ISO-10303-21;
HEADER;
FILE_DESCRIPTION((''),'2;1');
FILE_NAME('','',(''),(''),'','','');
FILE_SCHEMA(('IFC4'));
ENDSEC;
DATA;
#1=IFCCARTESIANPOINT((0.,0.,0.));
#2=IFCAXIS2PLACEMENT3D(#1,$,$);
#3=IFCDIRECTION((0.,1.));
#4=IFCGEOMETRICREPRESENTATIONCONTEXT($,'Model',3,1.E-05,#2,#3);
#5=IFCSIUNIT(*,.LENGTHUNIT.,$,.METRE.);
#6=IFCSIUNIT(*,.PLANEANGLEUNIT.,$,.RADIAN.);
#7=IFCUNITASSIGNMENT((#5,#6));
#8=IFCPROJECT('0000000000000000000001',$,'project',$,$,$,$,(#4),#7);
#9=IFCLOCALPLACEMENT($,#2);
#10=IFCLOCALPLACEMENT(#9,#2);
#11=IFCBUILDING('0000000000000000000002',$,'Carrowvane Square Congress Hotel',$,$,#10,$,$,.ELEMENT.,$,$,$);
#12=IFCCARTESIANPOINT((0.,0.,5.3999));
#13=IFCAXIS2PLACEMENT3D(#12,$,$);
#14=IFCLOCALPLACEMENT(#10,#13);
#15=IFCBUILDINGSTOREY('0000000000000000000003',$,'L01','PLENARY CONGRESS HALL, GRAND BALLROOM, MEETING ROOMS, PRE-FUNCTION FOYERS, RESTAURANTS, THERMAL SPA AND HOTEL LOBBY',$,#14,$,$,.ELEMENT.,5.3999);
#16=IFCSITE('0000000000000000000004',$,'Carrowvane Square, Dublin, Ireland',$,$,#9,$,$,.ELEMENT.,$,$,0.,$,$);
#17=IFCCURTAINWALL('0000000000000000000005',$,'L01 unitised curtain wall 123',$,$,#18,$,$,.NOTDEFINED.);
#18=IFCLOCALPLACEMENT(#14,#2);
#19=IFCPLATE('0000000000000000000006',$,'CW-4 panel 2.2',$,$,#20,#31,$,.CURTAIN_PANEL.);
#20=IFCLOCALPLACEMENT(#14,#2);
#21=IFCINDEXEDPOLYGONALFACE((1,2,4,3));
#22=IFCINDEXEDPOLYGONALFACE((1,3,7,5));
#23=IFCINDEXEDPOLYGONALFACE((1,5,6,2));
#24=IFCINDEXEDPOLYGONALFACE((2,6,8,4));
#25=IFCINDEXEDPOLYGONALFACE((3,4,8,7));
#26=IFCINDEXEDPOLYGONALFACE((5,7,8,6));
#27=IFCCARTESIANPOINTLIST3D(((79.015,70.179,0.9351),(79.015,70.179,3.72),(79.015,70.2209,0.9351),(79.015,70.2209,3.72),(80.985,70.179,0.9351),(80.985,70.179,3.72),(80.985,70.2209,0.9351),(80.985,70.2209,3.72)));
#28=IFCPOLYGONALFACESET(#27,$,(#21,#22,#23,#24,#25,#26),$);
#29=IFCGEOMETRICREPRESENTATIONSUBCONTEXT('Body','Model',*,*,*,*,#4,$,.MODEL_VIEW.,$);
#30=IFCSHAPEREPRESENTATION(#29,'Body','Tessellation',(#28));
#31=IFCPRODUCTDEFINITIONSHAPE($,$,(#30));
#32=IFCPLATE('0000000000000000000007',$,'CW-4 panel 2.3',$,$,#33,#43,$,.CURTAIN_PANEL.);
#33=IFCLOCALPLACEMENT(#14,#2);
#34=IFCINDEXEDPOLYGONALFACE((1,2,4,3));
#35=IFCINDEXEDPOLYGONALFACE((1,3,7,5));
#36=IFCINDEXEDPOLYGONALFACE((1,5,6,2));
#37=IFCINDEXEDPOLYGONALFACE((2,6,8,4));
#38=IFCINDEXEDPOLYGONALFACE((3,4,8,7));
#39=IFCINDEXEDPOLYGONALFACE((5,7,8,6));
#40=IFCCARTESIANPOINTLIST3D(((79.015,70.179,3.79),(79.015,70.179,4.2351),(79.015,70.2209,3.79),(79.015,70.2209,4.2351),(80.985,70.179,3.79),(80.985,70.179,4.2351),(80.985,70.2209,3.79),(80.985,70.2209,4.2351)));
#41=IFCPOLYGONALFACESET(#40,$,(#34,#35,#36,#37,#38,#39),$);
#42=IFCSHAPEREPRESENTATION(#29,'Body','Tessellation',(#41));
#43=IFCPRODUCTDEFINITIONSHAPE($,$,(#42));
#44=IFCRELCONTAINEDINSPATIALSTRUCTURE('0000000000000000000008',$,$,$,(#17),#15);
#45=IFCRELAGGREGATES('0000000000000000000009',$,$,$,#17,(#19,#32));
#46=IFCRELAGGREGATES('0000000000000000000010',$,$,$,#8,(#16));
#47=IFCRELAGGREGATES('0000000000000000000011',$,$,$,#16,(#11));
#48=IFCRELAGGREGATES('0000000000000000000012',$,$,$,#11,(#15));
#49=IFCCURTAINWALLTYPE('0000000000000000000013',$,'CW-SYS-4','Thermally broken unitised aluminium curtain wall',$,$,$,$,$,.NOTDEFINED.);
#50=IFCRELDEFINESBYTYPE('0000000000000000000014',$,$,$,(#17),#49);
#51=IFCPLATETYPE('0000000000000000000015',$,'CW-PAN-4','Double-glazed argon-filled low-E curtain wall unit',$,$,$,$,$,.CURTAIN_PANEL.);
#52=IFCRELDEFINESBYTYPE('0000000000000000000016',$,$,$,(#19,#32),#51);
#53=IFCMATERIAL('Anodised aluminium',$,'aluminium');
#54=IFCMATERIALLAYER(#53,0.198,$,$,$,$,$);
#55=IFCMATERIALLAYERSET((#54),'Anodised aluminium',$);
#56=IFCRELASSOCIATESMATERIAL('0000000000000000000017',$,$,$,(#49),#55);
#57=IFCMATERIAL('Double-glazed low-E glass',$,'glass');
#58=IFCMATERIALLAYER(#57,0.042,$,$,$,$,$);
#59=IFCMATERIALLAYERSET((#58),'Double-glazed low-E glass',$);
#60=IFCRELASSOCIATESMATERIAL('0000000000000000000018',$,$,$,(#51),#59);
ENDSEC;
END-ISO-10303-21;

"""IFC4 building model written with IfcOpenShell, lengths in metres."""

from ifc_helpers import new_model, si_unit, direction, frame, origin, origin_2d, place, context, subcontext, project, spatial, rectangle, extrude, material, layer, layer_set, type_object, element, aggregate, save


model = new_model("IFC4")

# Units and contexts
model_context = context("Model", 3, precision=1e-05, world=origin(), true_north=direction((0.0, 1.0)))
body_context = subcontext(model_context, "Body", "Model", "MODEL_VIEW")
ifc_project = project(units=[si_unit("LENGTHUNIT", "METRE"), si_unit("PLANEANGLEUNIT", "RADIAN")], contexts=[model_context])

# Site, building, storey
site_placement = place(None, origin())
site = spatial("IfcSite", under=ifc_project, at=site_placement, Name="Carrowvane Square, Dublin, Ireland", CompositionType="ELEMENT", RefElevation=0.0)
building_placement = place(site_placement, origin())
building = spatial("IfcBuilding", under=site, at=building_placement, Name="Carrowvane Square Congress Hotel", CompositionType="ELEMENT")
storey_placement = place(building_placement, frame((0.0, 0.0, 5.3999)))
storey = spatial("IfcBuildingStorey", under=building, at=storey_placement, Name="L01", Description="PLENARY CONGRESS HALL, GRAND BALLROOM, MEETING ROOMS, PRE-FUNCTION FOYERS, RESTAURANTS, THERMAL SPA AND HOTEL LOBBY", CompositionType="ELEMENT", Elevation=5.3999)

# Curtain wall
ifc_material_1 = material(Name="Anodised aluminium", Category="aluminium")
ifc_layer_1 = layer(ifc_material_1, 0.198)
ifc_layer_set_1 = layer_set([ifc_layer_1], Name="Anodised aluminium")
curtain_wall_type_1 = type_object("IfcCurtainWallType", Name="CW-SYS-4", Description="Thermally broken unitised aluminium curtain wall", PredefinedType="NOTDEFINED", material=ifc_layer_set_1)
curtain_wall_1_placement = place(storey_placement, origin())
curtain_wall_1 = element("IfcCurtainWall", 1, at=curtain_wall_1_placement, inside=storey, type_object=curtain_wall_type_1, Name="L01 unitised curtain wall 123", PredefinedType="NOTDEFINED")

# Plates
ifc_material_2 = material(Name="Double-glazed low-E glass", Category="glass")
ifc_layer_2 = layer(ifc_material_2, 0.042)
ifc_layer_set_2 = layer_set([ifc_layer_2], Name="Double-glazed low-E glass")
plate_type_1 = type_object("IfcPlateType", Name="CW-PAN-4", Description="Double-glazed argon-filled low-E curtain wall unit", PredefinedType="CURTAIN_PANEL", material=ifc_layer_set_2)
plate_1_placement = place(storey_placement, frame((80.0, 70.2, 0.9351), z_axis=(0.0, 0.0, 1.0), x_axis=(-1.0, 0.0, 0.0)))
plate_1 = element("IfcPlate", 2, at=plate_1_placement, type_object=plate_type_1, Name="CW-4 panel 2.2", PredefinedType="CURTAIN_PANEL", context=body_context, shape_type="SweptSolid", body=[
    extrude(rectangle(XDim=1.97, YDim=0.042, at=origin_2d()), origin(), (0.0, 0.0, 1.0), 2.7849),
])
plate_2_placement = place(storey_placement, frame((80.0, 70.2, 3.79), z_axis=(0.0, 0.0, 1.0), x_axis=(-1.0, 0.0, 0.0)))
plate_2 = element("IfcPlate", 3, at=plate_2_placement, type_object=plate_type_1, Name="CW-4 panel 2.3", PredefinedType="CURTAIN_PANEL", context=body_context, shape_type="SweptSolid", body=[
    extrude(rectangle(XDim=1.97, YDim=0.042, at=origin_2d()), origin(), (0.0, 0.0, 1.0), 0.4451),
])
aggregate(curtain_wall_1, [plate_1, plate_2])

save(model, "model.ifc")
